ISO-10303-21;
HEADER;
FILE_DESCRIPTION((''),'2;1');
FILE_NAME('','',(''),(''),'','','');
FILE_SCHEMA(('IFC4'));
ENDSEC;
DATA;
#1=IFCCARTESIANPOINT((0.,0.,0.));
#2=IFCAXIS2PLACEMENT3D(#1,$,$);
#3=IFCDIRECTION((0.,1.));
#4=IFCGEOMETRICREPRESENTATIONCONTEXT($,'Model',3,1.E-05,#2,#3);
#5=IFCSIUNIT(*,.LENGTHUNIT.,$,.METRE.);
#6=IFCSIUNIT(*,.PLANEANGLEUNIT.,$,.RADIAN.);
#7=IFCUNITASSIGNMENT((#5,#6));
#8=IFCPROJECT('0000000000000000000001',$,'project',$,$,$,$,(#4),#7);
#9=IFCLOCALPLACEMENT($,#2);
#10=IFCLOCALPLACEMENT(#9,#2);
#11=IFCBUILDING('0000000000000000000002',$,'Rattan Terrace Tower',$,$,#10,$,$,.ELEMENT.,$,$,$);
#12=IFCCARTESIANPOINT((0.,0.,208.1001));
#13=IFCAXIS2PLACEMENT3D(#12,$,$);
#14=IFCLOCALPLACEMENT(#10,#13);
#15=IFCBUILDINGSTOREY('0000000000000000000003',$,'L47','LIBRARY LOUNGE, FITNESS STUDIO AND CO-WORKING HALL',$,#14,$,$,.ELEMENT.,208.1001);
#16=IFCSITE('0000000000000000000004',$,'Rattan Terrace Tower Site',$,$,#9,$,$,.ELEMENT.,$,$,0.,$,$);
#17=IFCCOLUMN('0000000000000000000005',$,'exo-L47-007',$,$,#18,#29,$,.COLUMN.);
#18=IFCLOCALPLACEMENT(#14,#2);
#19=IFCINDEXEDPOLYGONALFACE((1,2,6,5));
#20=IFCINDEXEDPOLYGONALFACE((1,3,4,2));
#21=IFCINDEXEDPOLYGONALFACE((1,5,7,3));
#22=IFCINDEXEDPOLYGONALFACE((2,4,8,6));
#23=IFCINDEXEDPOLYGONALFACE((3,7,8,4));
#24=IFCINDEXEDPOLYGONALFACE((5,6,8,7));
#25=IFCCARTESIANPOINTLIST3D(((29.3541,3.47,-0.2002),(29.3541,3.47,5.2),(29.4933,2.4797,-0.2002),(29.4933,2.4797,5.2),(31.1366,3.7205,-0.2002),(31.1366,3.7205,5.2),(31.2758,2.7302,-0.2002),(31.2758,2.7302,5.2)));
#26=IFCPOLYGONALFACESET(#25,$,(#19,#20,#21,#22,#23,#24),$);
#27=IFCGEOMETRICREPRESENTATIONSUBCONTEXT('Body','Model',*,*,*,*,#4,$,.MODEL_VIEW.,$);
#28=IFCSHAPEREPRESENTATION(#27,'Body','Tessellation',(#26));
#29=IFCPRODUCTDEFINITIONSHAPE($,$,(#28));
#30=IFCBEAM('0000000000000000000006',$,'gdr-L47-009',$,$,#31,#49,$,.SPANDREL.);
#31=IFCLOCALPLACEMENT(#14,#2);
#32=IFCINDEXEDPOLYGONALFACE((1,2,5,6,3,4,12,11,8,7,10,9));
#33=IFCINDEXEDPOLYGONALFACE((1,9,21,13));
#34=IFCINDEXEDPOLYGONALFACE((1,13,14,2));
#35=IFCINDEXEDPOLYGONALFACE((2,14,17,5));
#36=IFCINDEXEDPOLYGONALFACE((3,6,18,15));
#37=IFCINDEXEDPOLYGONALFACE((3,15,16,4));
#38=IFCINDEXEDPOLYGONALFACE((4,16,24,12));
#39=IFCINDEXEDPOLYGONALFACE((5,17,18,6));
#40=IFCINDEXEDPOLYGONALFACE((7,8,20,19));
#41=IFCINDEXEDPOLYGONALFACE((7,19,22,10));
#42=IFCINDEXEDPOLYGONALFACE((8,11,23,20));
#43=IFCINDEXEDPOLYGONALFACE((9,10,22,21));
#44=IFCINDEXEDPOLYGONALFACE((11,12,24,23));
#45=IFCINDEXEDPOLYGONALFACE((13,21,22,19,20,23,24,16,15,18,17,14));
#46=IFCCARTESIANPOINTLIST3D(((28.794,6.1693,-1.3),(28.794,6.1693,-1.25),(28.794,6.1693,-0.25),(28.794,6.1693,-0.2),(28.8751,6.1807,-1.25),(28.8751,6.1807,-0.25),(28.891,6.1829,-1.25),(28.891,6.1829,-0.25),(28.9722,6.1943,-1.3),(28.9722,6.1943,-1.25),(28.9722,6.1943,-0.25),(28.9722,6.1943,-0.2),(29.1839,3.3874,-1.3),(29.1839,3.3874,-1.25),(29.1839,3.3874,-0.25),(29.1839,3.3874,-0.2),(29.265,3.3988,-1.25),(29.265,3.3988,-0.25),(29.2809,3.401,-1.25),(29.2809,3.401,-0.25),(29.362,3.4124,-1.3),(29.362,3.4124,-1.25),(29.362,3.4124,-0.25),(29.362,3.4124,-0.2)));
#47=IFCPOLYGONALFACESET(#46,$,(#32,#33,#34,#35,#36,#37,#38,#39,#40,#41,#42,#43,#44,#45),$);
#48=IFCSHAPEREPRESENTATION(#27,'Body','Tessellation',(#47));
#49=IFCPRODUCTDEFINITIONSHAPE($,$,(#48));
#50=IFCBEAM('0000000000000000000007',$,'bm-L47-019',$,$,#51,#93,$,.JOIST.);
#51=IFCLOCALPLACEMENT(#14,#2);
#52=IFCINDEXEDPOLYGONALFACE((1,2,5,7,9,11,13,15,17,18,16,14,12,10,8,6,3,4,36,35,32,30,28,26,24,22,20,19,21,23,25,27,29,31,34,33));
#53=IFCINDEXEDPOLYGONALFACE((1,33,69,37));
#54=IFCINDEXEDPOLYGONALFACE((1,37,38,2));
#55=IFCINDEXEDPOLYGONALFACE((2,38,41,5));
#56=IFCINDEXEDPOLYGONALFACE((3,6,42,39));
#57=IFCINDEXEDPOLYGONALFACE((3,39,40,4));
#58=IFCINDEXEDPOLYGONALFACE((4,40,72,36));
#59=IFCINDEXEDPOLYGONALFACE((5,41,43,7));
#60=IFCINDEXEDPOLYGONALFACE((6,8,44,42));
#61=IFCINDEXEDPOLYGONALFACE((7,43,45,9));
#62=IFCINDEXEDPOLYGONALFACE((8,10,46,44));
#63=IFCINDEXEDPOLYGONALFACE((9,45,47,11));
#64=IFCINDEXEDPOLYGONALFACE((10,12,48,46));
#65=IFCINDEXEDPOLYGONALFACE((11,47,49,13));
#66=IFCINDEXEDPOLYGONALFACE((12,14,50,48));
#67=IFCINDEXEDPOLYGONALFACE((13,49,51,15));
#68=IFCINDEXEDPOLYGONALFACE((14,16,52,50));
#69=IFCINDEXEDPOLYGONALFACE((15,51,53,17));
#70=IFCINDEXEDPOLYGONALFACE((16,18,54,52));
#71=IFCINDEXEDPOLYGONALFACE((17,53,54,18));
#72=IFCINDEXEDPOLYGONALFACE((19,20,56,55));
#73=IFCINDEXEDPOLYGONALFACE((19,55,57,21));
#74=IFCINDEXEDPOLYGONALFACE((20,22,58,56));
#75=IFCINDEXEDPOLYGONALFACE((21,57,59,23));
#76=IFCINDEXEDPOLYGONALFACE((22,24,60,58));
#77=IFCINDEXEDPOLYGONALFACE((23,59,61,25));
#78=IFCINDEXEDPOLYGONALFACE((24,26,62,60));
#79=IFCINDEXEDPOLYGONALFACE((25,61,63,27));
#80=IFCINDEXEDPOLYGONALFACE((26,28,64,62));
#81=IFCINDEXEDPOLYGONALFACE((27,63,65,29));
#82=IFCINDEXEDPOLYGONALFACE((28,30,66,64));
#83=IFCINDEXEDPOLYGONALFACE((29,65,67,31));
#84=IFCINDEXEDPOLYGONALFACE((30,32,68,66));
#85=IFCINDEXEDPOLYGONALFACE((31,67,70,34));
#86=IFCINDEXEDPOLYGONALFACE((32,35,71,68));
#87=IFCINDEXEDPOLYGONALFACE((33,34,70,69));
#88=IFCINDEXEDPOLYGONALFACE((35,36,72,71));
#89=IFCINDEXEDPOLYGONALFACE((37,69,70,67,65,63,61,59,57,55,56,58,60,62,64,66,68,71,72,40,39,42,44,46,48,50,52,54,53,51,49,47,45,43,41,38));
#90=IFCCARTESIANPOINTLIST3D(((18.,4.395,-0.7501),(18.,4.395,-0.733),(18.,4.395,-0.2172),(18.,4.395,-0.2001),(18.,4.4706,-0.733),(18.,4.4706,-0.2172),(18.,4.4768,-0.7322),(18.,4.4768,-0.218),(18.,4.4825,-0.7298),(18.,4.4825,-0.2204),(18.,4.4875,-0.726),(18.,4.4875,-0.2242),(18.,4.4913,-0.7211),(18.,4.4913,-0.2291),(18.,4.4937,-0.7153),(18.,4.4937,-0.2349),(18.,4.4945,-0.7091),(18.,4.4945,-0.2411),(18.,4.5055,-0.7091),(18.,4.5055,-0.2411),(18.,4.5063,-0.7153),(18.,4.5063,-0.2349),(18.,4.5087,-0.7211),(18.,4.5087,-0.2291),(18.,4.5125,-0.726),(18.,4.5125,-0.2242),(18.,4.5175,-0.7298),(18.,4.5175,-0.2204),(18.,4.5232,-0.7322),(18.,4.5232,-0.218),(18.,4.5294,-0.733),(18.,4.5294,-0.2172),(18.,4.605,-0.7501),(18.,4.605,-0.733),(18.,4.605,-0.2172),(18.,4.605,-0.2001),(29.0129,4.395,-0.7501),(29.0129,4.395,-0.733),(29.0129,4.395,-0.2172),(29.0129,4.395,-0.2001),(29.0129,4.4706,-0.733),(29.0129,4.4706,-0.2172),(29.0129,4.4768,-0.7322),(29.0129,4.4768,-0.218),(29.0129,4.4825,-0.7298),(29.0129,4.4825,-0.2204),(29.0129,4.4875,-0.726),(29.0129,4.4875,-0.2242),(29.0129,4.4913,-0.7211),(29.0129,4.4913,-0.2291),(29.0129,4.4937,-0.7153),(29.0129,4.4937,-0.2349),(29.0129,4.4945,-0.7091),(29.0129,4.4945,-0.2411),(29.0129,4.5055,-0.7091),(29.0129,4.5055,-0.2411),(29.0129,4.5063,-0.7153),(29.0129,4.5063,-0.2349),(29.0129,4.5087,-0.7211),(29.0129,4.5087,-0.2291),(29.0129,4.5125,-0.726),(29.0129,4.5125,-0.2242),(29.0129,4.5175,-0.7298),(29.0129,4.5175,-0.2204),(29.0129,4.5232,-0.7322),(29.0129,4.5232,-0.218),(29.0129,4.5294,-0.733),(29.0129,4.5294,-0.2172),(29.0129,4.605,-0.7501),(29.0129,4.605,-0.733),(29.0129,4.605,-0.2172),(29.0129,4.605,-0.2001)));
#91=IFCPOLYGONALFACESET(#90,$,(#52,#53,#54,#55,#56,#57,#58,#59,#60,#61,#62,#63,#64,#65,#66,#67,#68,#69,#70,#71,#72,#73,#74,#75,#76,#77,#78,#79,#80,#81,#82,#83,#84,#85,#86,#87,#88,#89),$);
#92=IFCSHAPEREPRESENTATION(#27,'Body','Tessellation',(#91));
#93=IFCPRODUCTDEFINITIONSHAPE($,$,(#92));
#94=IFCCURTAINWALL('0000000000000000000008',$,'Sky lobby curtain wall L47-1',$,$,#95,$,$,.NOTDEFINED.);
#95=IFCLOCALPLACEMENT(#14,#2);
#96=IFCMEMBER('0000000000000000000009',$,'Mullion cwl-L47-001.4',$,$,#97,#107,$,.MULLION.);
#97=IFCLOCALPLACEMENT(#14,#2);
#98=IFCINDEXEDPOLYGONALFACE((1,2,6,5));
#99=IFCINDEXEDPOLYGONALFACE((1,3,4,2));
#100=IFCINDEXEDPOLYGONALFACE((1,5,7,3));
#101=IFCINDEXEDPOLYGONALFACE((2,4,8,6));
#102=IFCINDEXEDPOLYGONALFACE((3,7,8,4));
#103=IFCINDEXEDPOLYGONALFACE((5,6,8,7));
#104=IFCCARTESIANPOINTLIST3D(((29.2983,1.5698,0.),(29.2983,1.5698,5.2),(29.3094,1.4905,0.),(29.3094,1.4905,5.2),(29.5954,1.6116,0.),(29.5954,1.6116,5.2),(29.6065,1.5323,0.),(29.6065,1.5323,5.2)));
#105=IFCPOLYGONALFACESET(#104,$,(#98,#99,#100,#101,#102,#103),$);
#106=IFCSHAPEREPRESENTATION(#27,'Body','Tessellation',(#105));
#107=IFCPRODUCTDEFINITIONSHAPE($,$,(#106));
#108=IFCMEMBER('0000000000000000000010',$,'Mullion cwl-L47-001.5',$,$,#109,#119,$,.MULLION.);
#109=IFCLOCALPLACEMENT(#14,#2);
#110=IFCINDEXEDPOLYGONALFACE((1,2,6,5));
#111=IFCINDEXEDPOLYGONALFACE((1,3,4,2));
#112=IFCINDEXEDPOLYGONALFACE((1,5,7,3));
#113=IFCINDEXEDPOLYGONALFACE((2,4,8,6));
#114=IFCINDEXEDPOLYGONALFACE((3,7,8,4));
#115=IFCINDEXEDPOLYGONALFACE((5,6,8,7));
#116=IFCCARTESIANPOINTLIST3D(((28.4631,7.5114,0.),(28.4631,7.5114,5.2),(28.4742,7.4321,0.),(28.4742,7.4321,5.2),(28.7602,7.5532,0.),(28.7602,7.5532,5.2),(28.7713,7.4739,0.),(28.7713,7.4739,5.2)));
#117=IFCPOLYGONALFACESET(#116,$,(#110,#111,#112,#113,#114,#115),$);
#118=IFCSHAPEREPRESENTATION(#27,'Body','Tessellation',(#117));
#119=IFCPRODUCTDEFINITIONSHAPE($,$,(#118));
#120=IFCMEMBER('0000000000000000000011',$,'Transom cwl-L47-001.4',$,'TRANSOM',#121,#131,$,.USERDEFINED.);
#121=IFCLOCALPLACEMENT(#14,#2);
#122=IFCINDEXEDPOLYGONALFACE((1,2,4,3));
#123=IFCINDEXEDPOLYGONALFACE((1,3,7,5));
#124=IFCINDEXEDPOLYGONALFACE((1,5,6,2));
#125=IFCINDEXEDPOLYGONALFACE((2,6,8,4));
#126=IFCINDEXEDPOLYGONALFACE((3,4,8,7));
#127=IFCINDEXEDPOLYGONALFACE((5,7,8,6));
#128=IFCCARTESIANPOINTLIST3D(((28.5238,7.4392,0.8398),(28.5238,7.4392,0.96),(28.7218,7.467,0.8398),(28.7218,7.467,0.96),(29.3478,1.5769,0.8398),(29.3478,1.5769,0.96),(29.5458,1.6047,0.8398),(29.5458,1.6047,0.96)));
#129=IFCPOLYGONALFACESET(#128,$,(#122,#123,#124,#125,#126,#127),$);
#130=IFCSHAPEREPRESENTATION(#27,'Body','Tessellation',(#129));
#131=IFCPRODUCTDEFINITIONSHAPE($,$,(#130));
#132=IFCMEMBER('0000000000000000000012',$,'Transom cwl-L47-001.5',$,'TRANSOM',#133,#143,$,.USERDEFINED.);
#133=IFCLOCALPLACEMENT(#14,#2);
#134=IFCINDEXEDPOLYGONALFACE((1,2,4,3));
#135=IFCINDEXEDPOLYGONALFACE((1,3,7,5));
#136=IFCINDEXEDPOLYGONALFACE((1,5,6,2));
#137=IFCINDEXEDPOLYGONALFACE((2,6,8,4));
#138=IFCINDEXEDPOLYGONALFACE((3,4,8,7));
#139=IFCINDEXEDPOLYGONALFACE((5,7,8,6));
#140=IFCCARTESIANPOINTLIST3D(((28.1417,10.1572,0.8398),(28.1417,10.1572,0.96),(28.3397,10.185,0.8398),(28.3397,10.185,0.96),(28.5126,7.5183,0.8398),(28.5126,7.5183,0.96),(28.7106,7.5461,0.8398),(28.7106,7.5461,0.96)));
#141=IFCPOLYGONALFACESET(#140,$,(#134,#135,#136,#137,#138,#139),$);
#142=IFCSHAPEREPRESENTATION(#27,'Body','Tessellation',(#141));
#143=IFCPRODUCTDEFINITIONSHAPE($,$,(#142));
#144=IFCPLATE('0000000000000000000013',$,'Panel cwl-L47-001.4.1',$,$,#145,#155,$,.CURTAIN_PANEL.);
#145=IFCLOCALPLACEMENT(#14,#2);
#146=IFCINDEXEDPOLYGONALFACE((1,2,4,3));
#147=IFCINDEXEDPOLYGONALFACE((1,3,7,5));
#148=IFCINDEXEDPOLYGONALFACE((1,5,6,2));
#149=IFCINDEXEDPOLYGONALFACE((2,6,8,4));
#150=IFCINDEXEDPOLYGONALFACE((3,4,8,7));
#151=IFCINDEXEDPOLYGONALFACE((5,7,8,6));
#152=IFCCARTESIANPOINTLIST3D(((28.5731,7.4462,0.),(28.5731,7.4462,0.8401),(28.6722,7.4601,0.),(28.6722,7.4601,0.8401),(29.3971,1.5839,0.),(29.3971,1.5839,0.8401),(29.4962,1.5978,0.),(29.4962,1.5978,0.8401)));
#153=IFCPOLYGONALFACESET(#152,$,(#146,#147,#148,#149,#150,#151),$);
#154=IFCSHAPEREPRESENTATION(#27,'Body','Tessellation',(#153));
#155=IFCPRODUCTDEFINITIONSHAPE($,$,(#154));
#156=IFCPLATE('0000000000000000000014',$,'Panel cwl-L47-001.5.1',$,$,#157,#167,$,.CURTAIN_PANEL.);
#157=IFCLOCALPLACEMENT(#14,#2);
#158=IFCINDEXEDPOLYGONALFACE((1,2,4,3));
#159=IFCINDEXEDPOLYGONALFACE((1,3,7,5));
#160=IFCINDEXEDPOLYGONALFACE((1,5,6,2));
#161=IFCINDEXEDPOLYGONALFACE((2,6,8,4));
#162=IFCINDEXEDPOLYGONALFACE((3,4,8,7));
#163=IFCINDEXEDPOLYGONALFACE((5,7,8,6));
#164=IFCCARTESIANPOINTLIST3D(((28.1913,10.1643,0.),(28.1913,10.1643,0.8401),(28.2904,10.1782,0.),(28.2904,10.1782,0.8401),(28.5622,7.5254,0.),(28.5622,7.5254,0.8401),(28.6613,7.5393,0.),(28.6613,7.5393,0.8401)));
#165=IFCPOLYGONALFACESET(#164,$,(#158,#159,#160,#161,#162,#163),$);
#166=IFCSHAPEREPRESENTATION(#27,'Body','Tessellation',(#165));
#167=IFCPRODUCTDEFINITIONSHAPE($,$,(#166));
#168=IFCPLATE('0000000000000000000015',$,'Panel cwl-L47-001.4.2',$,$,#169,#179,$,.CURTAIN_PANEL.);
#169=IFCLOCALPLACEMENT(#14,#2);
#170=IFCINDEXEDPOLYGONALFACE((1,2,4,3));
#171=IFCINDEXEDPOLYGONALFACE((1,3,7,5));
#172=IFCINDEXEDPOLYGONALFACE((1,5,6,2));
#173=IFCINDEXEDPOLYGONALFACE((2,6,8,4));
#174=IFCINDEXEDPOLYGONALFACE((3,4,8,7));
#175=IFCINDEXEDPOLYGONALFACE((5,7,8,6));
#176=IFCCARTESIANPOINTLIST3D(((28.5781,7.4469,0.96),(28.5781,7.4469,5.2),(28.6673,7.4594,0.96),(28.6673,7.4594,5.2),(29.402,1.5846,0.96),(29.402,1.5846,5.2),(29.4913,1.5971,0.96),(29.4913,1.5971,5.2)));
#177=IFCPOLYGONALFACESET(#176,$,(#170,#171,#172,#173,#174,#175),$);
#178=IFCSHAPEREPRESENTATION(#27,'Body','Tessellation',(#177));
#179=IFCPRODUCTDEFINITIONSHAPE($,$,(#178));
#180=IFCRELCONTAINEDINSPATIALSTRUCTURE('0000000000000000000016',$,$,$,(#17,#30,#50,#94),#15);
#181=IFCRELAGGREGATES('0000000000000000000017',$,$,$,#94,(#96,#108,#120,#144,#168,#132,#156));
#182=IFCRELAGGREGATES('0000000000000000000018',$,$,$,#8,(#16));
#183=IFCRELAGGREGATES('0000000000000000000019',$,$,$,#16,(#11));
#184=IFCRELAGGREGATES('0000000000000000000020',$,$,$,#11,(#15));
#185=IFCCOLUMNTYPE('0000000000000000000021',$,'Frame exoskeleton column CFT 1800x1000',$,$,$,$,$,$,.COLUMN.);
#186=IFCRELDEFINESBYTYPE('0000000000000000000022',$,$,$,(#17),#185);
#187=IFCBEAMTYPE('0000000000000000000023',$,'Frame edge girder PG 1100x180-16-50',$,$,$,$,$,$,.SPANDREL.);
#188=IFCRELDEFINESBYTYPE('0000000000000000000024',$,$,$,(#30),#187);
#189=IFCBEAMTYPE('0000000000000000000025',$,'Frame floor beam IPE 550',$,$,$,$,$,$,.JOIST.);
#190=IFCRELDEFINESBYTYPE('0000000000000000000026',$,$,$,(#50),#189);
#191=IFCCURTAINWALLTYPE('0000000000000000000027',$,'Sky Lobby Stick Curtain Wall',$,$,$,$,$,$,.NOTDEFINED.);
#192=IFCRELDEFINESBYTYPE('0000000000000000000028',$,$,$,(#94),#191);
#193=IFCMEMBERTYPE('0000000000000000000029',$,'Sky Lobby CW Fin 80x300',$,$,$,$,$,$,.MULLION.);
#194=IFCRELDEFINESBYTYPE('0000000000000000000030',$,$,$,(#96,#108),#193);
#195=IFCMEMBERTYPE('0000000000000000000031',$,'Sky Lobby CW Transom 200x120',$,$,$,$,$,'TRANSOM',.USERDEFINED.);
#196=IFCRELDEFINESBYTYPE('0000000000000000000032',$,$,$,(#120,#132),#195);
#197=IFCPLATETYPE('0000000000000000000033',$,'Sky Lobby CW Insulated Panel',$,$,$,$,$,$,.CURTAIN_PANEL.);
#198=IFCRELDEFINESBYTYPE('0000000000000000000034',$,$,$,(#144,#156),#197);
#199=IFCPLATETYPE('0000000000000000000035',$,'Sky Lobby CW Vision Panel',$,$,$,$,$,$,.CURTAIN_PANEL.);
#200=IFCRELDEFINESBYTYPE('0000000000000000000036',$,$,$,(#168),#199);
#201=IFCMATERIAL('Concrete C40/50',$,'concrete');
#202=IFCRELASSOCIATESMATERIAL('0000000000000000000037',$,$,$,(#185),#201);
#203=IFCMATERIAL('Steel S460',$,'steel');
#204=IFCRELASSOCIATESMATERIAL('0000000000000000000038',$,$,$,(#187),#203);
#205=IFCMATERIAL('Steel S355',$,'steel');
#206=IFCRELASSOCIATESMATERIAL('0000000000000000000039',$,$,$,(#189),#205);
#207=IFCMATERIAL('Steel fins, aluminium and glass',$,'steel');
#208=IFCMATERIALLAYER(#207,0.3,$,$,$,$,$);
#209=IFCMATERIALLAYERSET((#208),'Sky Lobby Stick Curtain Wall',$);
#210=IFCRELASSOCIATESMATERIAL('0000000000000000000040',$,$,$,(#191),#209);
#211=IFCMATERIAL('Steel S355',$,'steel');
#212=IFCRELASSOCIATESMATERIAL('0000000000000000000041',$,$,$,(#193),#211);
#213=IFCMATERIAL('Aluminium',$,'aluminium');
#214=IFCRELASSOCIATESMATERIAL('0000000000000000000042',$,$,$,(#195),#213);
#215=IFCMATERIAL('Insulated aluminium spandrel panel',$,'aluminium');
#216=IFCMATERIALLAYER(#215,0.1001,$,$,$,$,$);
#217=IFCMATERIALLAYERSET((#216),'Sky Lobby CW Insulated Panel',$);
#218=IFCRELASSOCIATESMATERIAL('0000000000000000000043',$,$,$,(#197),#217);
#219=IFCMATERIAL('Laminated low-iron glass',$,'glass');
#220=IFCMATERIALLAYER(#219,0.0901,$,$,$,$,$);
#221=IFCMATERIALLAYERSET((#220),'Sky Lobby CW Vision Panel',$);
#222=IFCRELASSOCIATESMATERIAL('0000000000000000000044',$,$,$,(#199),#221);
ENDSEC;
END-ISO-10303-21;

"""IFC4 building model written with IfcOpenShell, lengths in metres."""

from ifc_helpers import new_model, si_unit, direction, frame, origin, origin_2d, place, context, subcontext, project, spatial, rectangle, i_section, extrude, material, layer, layer_set, material_profile, profile_set, type_object, element, aggregate, save


model = new_model("IFC4")

# Units and contexts
model_context = context("Model", 3, precision=1e-05, world=origin(), true_north=direction((0.0, 1.0)))
body_context = subcontext(model_context, "Body", "Model", "MODEL_VIEW")
ifc_project = project(units=[si_unit("LENGTHUNIT", "METRE"), si_unit("PLANEANGLEUNIT", "RADIAN")], contexts=[model_context])

# Site, building, storey
site_placement = place(None, origin())
site = spatial("IfcSite", under=ifc_project, at=site_placement, Name="Rattan Terrace Tower Site", CompositionType="ELEMENT", RefElevation=0.0)
building_placement = place(site_placement, origin())
building = spatial("IfcBuilding", under=site, at=building_placement, Name="Rattan Terrace Tower", CompositionType="ELEMENT")
storey_placement = place(building_placement, frame((0.0, 0.0, 208.1001)))
storey = spatial("IfcBuildingStorey", under=building, at=storey_placement, Name="L47", Description="LIBRARY LOUNGE, FITNESS STUDIO AND CO-WORKING HALL", CompositionType="ELEMENT", Elevation=208.1001)

# Column
ifc_material_1 = material(Name="Concrete C40/50", Category="concrete")
ifc_material_profile_1 = material_profile(ifc_material_1, rectangle(XDim=1.0, YDim=1.8, at=origin_2d()), Name="CFT 1800x1000")
ifc_profile_set_1 = profile_set([ifc_material_profile_1], Name="Concrete C40/50")
column_type = type_object("IfcColumnType", Name="Frame exoskeleton column CFT 1800x1000", PredefinedType="COLUMN", material=ifc_profile_set_1)
column_placement = place(storey_placement, frame((30.3149, 3.1001, -0.2002), z_axis=(0.0, 0.0, 1.0), x_axis=(-0.13919, 0.990266, 0.0)))
element("IfcColumn", 1, at=column_placement, inside=storey, type_object=column_type, Name="exo-L47-007", PredefinedType="COLUMN", context=body_context, shape_type="SweptSolid", body=[
    extrude(rectangle(XDim=1.0, YDim=1.8, at=origin_2d()), origin(), (0.0, 0.0, 1.0), 5.4001),
])

# Beams
ifc_material_2 = material(Name="Steel S460", Category="steel")
ifc_material_profile_2 = material_profile(ifc_material_2, i_section(OverallWidth=0.1799, OverallDepth=1.1001, WebThickness=0.0161, FlangeThickness=0.05, at=origin_2d()), Name="PG 1100x180-16-50")
ifc_profile_set_2 = profile_set([ifc_material_profile_2], Name="Steel S460")
beam_type_1 = type_object("IfcBeamType", Name="Frame edge girder PG 1100x180-16-50", PredefinedType="SPANDREL", material=ifc_profile_set_2)
beam_1_placement = place(storey_placement, frame((29.2729, 3.3999, -0.75), z_axis=(-0.138793, 0.990321, 0.0), x_axis=(-0.990321, -0.138793, 0.0)))
element("IfcBeam", 2, at=beam_1_placement, inside=storey, type_object=beam_type_1, Name="gdr-L47-009", PredefinedType="SPANDREL", context=body_context, shape_type="SweptSolid", body=[
    extrude(i_section(OverallWidth=0.1799, OverallDepth=1.1001, WebThickness=0.0161, FlangeThickness=0.05, at=origin_2d()), origin(), (0.0, 0.0, 1.0), 2.8091),
])
ifc_material_3 = material(Name="Steel S355", Category="steel")
ifc_material_profile_3 = material_profile(ifc_material_3, i_section(OverallWidth=0.21, OverallDepth=0.55, WebThickness=0.011, FlangeThickness=0.0171, FilletRadius=0.0239, at=origin_2d()), Name="IPE 550")
ifc_profile_set_3 = profile_set([ifc_material_profile_3], Name="Steel S355")
beam_type_2 = type_object("IfcBeamType", Name="Frame floor beam IPE 550", PredefinedType="JOIST", material=ifc_profile_set_3)
beam_2_placement = place(storey_placement, frame((18.0, 4.5, -0.4751), z_axis=(1.0, 0.0, 0.0), x_axis=(0.0, 1.0, 0.0)))
element("IfcBeam", 3, at=beam_2_placement, inside=storey, type_object=beam_type_2, Name="bm-L47-019", PredefinedType="JOIST", context=body_context, shape_type="SweptSolid", body=[
    extrude(i_section(OverallWidth=0.21, OverallDepth=0.55, WebThickness=0.011, FlangeThickness=0.0171, FilletRadius=0.0239, at=origin_2d()), origin(), (0.0, 0.0, 1.0), 11.0129),
])

# Curtain wall, members, plates
ifc_material_4 = material(Name="Steel fins, aluminium and glass", Category="steel")
ifc_layer_1 = layer(ifc_material_4, 0.3)
ifc_layer_set_1 = layer_set([ifc_layer_1], Name="Sky Lobby Stick Curtain Wall")
curtain_wall_type = type_object("IfcCurtainWallType", Name="Sky Lobby Stick Curtain Wall", PredefinedType="NOTDEFINED", material=ifc_layer_set_1)
curtain_wall_placement = place(storey_placement, origin())
curtain_wall = element("IfcCurtainWall", 4, at=curtain_wall_placement, inside=storey, type_object=curtain_wall_type, Name="Sky lobby curtain wall L47-1", PredefinedType="NOTDEFINED")
ifc_material_5 = material(Name="Steel S355", Category="steel")
ifc_material_profile_4 = material_profile(ifc_material_5, rectangle(XDim=0.0801, YDim=0.3, at=origin_2d()), Name="Steel S355 80x300")
ifc_profile_set_4 = profile_set([ifc_material_profile_4], Name="Steel S355")
member_type_1 = type_object("IfcMemberType", Name="Sky Lobby CW Fin 80x300", PredefinedType="MULLION", material=ifc_profile_set_4)
member_1_placement = place(storey_placement, frame((29.4524, 1.551, 0.0), z_axis=(0.0, 0.0, 1.0), x_axis=(-0.139186, 0.990266, 0.0)))
member_1 = element("IfcMember", 5, at=member_1_placement, type_object=member_type_1, Name="Mullion cwl-L47-001.4", PredefinedType="MULLION", context=body_context, shape_type="SweptSolid", body=[
    extrude(rectangle(XDim=0.0801, YDim=0.3, at=origin_2d()), origin(), (0.0, 0.0, 1.0), 5.2),
])
member_2_placement = place(storey_placement, frame((28.6172, 7.4927, 0.0), z_axis=(0.0, 0.0, 1.0), x_axis=(-0.139186, 0.990266, 0.0)))
member_2 = element("IfcMember", 6, at=member_2_placement, type_object=member_type_1, Name="Mullion cwl-L47-001.5", PredefinedType="MULLION", context=body_context, shape_type="SweptSolid", body=[
    extrude(rectangle(XDim=0.0801, YDim=0.3, at=origin_2d()), origin(), (0.0, 0.0, 1.0), 5.2),
])
ifc_material_6 = material(Name="Aluminium", Category="aluminium")
ifc_material_profile_5 = material_profile(ifc_material_6, rectangle(XDim=0.2, YDim=0.1201, at=origin_2d()), Name="Aluminium 200x120")
ifc_profile_set_5 = profile_set([ifc_material_profile_5], Name="Aluminium")
member_type_2 = type_object("IfcMemberType", Name="Sky Lobby CW Transom 200x120", ElementType="TRANSOM", PredefinedType="USERDEFINED", material=ifc_profile_set_5)
member_3_placement = place(storey_placement, frame((29.4468, 1.5908, 0.8999), z_axis=(-0.139187, 0.990266, 0.0), x_axis=(-0.990266, -0.139187, 0.0)))
member_3 = element("IfcMember", 7, at=member_3_placement, type_object=member_type_2, Name="Transom cwl-L47-001.4", ObjectType="TRANSOM", PredefinedType="USERDEFINED", context=body_context, shape_type="SweptSolid", body=[
    extrude(rectangle(XDim=0.2, YDim=0.1201, at=origin_2d()), origin(), (0.0, 0.0, 1.0), 5.9199),
])
member_4_placement = place(storey_placement, frame((28.6116, 7.5322, 0.8999), z_axis=(-0.139164, 0.990269, 0.0), x_axis=(-0.990269, -0.139164, 0.0)))
member_4 = element("IfcMember", 8, at=member_4_placement, type_object=member_type_2, Name="Transom cwl-L47-001.5", ObjectType="TRANSOM", PredefinedType="USERDEFINED", context=body_context, shape_type="SweptSolid", body=[
    extrude(rectangle(XDim=0.2, YDim=0.1201, at=origin_2d()), origin(), (0.0, 0.0, 1.0), 2.6648),
])
ifc_material_7 = material(Name="Insulated aluminium spandrel panel", Category="aluminium")
ifc_layer_2 = layer(ifc_material_7, 0.1001)
ifc_layer_set_2 = layer_set([ifc_layer_2], Name="Sky Lobby CW Insulated Panel")
plate_type_1 = type_object("IfcPlateType", Name="Sky Lobby CW Insulated Panel", PredefinedType="CURTAIN_PANEL", material=ifc_layer_set_2)
plate_1_placement = place(storey_placement, frame((29.0347, 4.522, 0.0), z_axis=(0.0, 0.0, 1.0), x_axis=(-0.139186, 0.990266, 0.0)))
plate_1 = element("IfcPlate", 9, at=plate_1_placement, type_object=plate_type_1, Name="Panel cwl-L47-001.4.1", PredefinedType="CURTAIN_PANEL", context=body_context, shape_type="SweptSolid", body=[
    extrude(rectangle(XDim=5.9199, YDim=0.1001, at=origin_2d()), origin(), (0.0, 0.0, 1.0), 0.8401),
])
plate_2_placement = place(storey_placement, frame((28.4263, 8.8518, 0.0), z_axis=(0.0, 0.0, 1.0), x_axis=(-0.139186, 0.990266, 0.0)))
plate_2 = element("IfcPlate", 10, at=plate_2_placement, type_object=plate_type_1, Name="Panel cwl-L47-001.5.1", PredefinedType="CURTAIN_PANEL", context=body_context, shape_type="SweptSolid", body=[
    extrude(rectangle(XDim=2.6648, YDim=0.1001, at=origin_2d()), origin(), (0.0, 0.0, 1.0), 0.8401),
])
ifc_material_8 = material(Name="Laminated low-iron glass", Category="glass")
ifc_layer_3 = layer(ifc_material_8, 0.0901)
ifc_layer_set_3 = layer_set([ifc_layer_3], Name="Sky Lobby CW Vision Panel")
plate_type_2 = type_object("IfcPlateType", Name="Sky Lobby CW Vision Panel", PredefinedType="CURTAIN_PANEL", material=ifc_layer_set_3)
plate_3_placement = place(storey_placement, frame((29.0347, 4.522, 0.96), z_axis=(0.0, 0.0, 1.0), x_axis=(-0.139186, 0.990266, 0.0)))
plate_3 = element("IfcPlate", 11, at=plate_3_placement, type_object=plate_type_2, Name="Panel cwl-L47-001.4.2", PredefinedType="CURTAIN_PANEL", context=body_context, shape_type="SweptSolid", body=[
    extrude(rectangle(XDim=5.9199, YDim=0.0901, at=origin_2d()), origin(), (0.0, 0.0, 1.0), 4.24),
])
aggregate(curtain_wall, [member_1, member_2, member_3, plate_1, plate_3, member_4, plate_2])

save(model, "model.ifc")
